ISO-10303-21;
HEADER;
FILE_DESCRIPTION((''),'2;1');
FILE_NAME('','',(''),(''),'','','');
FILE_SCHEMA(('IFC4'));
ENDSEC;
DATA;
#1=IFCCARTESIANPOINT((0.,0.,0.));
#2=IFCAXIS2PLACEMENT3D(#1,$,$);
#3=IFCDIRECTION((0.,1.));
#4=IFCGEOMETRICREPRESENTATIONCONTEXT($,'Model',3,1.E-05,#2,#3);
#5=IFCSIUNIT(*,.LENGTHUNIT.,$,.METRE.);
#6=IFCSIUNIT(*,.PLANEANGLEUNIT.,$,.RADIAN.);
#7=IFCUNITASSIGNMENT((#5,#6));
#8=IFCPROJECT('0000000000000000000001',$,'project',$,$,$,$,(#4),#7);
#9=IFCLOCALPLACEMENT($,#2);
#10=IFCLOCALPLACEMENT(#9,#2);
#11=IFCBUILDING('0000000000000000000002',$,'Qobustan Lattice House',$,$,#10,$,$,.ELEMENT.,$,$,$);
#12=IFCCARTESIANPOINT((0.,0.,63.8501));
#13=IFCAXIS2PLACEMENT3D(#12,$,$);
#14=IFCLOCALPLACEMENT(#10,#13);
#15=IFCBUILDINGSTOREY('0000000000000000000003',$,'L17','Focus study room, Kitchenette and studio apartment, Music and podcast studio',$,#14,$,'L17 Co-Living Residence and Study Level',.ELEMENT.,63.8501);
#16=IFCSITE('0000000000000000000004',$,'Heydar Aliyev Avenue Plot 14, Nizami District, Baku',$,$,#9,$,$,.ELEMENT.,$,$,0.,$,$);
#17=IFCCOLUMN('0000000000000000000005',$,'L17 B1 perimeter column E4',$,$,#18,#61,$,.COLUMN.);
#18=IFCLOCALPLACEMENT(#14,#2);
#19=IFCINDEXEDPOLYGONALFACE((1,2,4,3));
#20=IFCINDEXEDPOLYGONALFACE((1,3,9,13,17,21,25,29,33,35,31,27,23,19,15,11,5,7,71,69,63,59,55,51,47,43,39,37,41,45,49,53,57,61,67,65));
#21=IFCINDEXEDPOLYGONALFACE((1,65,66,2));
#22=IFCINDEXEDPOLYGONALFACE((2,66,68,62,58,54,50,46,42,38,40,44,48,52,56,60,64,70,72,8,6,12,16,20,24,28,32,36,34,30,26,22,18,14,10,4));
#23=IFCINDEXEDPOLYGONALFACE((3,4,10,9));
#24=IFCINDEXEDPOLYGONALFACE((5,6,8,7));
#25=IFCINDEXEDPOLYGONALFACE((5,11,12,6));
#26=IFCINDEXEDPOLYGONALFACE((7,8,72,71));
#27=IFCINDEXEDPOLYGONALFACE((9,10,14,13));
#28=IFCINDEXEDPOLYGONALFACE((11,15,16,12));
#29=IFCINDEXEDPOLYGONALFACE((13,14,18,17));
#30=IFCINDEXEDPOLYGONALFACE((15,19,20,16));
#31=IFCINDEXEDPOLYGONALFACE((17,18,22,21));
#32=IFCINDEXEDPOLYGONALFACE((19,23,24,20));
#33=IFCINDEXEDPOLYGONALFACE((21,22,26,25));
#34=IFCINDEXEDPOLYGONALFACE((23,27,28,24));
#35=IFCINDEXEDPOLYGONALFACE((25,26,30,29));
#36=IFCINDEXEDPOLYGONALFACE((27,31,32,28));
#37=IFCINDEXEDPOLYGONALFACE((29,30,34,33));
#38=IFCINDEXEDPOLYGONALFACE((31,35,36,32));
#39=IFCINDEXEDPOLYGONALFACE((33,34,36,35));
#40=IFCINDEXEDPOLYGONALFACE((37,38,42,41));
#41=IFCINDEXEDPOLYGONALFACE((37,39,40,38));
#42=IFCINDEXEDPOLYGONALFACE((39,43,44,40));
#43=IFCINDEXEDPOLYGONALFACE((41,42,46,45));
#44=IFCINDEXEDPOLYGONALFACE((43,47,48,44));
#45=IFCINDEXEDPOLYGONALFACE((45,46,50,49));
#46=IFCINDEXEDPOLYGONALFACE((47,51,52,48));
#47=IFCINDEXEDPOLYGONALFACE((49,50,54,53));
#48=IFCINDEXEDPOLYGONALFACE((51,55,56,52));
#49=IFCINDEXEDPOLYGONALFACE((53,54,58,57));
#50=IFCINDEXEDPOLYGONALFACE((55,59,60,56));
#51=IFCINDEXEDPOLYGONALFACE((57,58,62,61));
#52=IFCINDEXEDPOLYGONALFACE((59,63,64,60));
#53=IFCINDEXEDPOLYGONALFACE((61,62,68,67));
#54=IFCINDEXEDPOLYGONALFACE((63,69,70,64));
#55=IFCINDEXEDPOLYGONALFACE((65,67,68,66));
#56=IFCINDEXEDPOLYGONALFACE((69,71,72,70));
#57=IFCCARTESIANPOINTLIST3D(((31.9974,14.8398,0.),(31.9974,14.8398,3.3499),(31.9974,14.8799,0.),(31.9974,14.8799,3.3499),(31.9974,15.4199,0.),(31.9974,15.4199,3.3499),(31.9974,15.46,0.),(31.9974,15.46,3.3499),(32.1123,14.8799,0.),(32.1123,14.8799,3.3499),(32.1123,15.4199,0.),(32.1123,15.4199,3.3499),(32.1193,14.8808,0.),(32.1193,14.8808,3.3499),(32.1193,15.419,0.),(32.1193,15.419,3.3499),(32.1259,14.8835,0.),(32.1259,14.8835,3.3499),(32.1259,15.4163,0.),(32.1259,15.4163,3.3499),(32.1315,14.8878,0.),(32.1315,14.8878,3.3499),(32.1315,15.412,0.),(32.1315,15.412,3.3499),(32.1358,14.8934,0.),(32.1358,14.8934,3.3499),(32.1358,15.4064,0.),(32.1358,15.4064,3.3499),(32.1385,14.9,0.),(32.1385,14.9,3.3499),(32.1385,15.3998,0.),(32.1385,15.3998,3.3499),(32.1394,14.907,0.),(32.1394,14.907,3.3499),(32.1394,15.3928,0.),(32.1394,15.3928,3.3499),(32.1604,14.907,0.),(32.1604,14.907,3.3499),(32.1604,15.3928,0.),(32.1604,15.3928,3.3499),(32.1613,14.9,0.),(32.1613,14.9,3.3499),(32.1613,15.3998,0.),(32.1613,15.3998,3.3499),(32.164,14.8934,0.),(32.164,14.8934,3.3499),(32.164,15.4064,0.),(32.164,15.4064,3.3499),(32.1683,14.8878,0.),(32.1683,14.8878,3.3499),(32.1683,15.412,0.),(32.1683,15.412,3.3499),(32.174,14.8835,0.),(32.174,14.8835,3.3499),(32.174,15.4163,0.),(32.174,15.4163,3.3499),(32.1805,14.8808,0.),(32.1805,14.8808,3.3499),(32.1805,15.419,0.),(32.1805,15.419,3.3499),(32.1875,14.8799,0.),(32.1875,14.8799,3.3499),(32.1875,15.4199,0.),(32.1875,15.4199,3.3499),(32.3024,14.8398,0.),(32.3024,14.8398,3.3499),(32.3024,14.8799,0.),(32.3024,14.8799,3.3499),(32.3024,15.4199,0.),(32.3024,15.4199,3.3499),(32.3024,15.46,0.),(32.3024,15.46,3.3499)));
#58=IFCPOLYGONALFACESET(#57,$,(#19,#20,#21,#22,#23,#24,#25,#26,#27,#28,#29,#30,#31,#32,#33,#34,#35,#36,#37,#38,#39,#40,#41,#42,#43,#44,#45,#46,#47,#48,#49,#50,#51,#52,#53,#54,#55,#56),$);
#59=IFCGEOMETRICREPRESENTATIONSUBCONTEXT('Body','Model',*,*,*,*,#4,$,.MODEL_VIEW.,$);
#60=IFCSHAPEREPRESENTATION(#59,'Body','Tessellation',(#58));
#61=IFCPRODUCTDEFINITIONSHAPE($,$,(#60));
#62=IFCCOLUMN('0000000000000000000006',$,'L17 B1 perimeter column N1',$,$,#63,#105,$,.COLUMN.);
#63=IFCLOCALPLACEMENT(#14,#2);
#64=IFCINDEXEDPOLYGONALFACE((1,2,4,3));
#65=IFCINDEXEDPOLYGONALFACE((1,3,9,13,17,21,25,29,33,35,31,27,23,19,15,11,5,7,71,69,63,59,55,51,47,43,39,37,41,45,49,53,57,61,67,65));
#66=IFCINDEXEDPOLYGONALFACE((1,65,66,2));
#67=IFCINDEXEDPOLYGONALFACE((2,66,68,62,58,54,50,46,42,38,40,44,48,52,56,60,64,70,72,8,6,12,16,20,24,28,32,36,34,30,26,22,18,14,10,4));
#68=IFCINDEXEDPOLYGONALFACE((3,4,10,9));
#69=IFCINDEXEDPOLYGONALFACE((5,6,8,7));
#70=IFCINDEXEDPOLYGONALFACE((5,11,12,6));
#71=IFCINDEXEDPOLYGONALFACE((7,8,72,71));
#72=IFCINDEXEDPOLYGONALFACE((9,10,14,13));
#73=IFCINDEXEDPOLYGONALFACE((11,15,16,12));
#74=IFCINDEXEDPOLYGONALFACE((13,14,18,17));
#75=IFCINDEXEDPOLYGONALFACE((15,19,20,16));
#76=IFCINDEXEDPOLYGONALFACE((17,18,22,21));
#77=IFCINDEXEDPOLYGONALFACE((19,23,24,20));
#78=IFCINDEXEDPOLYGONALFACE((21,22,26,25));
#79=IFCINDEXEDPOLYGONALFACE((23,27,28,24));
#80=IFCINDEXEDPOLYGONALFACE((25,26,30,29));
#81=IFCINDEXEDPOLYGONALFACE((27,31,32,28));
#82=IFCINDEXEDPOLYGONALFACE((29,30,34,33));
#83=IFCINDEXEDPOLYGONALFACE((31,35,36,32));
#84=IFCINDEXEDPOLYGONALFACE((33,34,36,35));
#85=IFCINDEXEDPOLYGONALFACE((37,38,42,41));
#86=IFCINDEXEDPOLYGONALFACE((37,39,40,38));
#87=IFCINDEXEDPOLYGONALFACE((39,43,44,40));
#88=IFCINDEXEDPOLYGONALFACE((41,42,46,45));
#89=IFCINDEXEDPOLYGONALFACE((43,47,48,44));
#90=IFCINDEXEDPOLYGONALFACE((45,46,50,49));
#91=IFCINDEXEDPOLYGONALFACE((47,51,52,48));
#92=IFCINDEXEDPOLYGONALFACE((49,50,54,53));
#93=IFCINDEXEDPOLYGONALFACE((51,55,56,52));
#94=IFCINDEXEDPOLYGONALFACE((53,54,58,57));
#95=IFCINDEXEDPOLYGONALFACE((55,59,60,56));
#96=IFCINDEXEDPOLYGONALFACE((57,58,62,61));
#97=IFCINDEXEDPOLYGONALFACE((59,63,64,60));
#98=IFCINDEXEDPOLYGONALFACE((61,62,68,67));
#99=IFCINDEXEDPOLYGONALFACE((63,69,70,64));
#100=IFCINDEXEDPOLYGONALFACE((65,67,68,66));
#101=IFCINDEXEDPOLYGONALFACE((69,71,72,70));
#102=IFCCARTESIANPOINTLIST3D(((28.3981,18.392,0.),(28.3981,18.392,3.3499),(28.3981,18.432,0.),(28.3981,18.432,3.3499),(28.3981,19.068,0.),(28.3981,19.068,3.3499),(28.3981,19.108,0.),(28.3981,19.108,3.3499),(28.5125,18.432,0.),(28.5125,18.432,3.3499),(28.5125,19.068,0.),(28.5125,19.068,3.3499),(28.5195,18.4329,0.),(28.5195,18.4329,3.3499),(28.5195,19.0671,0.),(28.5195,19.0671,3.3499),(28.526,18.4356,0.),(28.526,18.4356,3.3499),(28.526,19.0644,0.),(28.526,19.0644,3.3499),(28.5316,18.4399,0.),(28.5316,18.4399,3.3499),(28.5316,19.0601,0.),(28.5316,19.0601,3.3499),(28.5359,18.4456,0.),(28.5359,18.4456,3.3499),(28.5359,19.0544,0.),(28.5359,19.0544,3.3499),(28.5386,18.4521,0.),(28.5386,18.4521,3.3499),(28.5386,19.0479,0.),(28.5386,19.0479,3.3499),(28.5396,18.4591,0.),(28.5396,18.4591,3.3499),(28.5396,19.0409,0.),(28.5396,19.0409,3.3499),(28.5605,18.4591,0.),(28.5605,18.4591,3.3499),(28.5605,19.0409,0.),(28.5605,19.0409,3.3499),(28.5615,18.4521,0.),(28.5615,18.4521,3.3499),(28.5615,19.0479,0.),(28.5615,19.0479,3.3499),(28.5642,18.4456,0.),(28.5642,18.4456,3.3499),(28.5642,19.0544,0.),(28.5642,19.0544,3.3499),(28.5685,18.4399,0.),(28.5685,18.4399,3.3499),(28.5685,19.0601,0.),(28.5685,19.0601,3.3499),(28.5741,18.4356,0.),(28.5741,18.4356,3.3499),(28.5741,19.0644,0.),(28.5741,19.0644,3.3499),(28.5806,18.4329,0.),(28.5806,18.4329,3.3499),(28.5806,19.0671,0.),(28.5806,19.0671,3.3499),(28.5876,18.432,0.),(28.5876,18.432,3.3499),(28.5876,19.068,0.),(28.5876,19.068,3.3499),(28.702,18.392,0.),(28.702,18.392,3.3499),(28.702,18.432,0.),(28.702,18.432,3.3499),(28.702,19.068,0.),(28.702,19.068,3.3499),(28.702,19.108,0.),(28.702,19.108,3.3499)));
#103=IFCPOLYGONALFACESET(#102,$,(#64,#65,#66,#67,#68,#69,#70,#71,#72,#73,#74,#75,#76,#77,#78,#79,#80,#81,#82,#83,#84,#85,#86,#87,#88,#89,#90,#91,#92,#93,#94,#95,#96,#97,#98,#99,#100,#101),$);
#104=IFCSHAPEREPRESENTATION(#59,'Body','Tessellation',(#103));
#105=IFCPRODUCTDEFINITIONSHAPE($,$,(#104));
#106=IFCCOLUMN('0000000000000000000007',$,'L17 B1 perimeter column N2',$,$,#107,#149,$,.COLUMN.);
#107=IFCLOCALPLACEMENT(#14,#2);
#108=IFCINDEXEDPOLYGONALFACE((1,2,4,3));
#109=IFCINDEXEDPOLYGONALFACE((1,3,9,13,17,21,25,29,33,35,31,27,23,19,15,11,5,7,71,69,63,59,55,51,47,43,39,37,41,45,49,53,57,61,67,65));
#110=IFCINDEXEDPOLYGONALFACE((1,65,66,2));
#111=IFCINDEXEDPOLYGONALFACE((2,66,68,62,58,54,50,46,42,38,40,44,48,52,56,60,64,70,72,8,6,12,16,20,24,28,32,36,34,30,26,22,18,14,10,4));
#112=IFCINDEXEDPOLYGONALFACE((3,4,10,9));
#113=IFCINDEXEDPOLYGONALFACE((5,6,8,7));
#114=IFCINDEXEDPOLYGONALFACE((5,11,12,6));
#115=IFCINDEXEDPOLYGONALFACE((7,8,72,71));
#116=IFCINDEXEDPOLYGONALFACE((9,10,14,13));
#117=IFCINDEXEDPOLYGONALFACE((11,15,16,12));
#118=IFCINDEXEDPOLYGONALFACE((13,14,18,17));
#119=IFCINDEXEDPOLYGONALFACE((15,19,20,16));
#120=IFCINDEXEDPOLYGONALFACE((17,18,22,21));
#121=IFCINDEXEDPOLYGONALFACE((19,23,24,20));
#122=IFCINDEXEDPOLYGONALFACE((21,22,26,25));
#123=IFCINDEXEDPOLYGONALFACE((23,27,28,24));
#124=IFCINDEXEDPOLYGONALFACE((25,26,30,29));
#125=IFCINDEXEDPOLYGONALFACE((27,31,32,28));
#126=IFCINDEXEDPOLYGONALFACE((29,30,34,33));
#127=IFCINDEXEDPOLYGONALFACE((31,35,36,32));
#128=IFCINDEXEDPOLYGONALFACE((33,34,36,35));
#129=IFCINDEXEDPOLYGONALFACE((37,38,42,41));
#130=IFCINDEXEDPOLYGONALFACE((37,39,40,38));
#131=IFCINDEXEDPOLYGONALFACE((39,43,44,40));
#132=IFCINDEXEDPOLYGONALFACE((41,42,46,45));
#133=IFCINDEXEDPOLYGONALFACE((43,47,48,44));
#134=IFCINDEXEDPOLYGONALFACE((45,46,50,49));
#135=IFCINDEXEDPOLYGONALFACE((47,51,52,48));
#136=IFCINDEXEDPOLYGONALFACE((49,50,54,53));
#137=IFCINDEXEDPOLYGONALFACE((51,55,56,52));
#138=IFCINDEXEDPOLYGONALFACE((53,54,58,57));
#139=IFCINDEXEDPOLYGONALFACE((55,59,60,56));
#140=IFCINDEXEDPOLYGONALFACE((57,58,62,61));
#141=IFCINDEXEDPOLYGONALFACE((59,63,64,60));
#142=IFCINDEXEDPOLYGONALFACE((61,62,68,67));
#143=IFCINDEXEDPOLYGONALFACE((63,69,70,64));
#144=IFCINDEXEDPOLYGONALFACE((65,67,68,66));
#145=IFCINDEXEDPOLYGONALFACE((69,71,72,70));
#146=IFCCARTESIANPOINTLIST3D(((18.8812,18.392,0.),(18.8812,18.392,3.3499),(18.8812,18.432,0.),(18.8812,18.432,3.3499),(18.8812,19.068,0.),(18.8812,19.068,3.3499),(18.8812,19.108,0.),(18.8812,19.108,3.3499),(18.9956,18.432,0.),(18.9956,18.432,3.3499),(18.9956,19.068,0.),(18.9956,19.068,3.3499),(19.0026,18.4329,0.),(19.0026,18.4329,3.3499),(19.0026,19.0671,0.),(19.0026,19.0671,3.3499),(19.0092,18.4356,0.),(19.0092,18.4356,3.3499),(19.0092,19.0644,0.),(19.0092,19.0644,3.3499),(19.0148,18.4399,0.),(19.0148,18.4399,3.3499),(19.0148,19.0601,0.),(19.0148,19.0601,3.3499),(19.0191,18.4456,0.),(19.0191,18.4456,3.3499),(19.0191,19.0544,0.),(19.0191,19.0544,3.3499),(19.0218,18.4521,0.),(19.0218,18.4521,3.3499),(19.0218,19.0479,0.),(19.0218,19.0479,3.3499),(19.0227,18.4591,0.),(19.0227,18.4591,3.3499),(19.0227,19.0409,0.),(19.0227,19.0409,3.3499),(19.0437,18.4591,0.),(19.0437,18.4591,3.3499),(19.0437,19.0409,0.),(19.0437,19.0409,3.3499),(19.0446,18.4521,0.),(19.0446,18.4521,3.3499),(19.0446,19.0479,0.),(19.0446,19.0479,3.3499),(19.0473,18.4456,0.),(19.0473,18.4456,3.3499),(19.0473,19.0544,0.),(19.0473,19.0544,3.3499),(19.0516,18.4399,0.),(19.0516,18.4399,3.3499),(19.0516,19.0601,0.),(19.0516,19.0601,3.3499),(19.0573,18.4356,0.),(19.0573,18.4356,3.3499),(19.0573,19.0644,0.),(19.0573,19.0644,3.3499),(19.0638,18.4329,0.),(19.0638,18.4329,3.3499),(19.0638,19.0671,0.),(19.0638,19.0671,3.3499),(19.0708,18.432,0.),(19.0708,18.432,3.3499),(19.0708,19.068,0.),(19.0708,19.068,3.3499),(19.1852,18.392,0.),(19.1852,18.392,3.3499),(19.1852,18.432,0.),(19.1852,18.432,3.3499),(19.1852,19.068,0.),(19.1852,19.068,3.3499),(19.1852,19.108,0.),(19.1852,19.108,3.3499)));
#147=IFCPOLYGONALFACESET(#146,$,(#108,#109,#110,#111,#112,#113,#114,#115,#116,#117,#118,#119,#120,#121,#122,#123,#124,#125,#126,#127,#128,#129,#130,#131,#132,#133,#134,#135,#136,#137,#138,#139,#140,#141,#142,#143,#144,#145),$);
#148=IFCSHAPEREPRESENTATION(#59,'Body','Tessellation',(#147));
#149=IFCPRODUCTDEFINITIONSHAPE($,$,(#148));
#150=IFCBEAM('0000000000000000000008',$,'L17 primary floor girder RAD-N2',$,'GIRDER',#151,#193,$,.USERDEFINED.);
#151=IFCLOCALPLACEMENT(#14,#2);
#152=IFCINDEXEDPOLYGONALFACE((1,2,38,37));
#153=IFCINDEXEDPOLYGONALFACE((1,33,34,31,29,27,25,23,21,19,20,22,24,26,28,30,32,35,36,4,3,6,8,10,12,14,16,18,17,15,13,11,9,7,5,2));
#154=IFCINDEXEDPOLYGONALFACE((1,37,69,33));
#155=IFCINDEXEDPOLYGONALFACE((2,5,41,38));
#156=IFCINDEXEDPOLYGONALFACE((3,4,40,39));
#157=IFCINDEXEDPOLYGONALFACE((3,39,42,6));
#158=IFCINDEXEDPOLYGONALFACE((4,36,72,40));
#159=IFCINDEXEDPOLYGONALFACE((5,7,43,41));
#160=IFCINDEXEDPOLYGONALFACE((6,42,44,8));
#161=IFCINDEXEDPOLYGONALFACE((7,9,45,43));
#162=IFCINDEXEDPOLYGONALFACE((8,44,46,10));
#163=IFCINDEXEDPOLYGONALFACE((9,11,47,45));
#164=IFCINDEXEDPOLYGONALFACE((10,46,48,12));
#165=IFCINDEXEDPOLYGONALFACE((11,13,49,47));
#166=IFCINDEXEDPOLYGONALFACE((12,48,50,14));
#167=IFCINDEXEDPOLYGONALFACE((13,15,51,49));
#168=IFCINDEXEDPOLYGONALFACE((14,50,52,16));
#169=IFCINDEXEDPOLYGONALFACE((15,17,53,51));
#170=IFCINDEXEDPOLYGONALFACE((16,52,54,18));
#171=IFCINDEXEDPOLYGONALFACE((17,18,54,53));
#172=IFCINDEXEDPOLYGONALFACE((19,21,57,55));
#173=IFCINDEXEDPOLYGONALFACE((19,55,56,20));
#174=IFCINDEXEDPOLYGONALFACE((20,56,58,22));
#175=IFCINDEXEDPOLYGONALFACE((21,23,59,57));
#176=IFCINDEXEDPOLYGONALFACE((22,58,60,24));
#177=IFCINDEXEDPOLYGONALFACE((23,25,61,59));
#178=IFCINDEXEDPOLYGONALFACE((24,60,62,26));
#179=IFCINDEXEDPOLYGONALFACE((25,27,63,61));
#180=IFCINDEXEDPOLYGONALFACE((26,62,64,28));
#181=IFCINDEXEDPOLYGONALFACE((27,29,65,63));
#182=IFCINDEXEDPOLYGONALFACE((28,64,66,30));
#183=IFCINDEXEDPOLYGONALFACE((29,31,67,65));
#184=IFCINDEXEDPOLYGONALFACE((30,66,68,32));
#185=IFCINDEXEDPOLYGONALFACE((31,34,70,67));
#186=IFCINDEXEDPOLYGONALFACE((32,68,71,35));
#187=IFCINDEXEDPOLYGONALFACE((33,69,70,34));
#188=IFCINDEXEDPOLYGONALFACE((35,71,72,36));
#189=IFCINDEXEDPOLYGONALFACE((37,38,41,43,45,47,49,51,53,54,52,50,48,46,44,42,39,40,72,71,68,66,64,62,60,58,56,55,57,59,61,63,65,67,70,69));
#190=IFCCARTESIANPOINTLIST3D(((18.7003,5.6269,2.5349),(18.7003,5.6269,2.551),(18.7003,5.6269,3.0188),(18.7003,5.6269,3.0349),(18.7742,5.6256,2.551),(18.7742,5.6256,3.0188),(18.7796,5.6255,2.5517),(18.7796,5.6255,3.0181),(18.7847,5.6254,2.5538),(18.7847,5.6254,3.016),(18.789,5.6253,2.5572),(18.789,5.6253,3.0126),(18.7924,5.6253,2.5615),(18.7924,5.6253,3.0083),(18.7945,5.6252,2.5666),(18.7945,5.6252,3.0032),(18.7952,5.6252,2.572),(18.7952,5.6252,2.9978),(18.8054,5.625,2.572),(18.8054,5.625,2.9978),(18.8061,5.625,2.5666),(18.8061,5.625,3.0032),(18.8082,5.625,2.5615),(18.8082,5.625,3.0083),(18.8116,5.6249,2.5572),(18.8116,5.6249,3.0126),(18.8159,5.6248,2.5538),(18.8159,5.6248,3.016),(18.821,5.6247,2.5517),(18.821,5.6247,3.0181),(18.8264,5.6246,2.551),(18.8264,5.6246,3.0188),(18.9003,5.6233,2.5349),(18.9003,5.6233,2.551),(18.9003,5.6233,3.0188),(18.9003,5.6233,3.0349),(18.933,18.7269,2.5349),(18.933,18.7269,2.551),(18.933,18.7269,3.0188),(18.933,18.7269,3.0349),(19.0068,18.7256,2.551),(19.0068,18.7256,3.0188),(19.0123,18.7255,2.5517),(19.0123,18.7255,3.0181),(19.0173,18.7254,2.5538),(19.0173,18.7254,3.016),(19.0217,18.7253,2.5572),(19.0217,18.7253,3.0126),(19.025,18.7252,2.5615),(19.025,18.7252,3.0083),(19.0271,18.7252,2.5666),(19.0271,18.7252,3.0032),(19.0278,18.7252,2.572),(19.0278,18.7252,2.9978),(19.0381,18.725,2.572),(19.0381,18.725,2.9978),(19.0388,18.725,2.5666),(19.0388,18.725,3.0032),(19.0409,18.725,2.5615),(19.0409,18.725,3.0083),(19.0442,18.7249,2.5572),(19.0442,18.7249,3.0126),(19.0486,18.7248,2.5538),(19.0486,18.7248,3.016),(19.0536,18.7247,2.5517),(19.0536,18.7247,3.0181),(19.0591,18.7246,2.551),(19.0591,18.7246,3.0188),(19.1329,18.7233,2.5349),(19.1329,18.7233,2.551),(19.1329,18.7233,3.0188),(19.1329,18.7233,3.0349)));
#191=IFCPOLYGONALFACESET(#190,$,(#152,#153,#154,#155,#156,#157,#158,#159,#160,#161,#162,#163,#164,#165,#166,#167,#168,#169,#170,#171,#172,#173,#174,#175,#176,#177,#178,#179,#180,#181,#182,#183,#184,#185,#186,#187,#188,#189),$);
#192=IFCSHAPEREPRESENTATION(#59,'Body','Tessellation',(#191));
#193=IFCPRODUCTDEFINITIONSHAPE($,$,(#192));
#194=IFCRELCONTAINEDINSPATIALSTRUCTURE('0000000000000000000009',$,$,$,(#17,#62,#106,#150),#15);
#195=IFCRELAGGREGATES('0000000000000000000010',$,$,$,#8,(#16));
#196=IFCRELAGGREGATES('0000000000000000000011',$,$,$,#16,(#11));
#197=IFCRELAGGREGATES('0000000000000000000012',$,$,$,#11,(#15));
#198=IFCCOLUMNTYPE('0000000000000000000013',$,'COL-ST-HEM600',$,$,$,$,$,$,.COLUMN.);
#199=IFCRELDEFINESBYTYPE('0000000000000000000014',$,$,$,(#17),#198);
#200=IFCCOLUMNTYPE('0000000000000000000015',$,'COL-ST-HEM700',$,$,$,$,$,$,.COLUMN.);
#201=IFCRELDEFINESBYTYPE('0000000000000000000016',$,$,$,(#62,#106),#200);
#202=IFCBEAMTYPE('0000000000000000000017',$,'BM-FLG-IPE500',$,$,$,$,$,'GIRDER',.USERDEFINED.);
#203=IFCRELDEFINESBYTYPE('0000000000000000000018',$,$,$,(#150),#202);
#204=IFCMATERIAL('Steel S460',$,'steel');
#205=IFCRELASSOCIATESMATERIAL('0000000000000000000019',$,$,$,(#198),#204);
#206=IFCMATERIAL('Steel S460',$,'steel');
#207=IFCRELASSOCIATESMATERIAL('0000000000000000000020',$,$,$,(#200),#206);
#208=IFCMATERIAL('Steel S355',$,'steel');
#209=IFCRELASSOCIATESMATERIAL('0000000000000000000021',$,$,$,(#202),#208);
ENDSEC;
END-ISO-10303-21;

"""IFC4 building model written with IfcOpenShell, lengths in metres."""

from ifc_helpers import new_model, si_unit, direction, frame, origin, origin_2d, place, context, subcontext, project, spatial, i_section, extrude, material, material_profile, profile_set, type_object, element, save


model = new_model("IFC4")

# Units and contexts
model_context = context("Model", 3, precision=1e-05, world=origin(), true_north=direction((0.0, 1.0)))
body_context = subcontext(model_context, "Body", "Model", "MODEL_VIEW")
ifc_project = project(units=[si_unit("LENGTHUNIT", "METRE"), si_unit("PLANEANGLEUNIT", "RADIAN")], contexts=[model_context])

# Site, building, storey
site_placement = place(None, origin())
site = spatial("IfcSite", under=ifc_project, at=site_placement, Name="Heydar Aliyev Avenue Plot 14, Nizami District, Baku", CompositionType="ELEMENT", RefElevation=0.0)
building_placement = place(site_placement, origin())
building = spatial("IfcBuilding", under=site, at=building_placement, Name="Qobustan Lattice House", CompositionType="ELEMENT")
storey_placement = place(building_placement, frame((0.0, 0.0, 63.8501)))
storey = spatial("IfcBuildingStorey", under=building, at=storey_placement, Name="L17", Description="Focus study room, Kitchenette and studio apartment, Music and podcast studio", LongName="L17 Co-Living Residence and Study Level", CompositionType="ELEMENT", Elevation=63.8501)

# Columns
ifc_material_1 = material(Name="Steel S460", Category="steel")
ifc_material_profile_1 = material_profile(ifc_material_1, i_section(OverallWidth=0.3049, OverallDepth=0.6201, WebThickness=0.021, FlangeThickness=0.04, FilletRadius=0.0271, at=origin_2d()), Name="HEM600")
ifc_profile_set_1 = profile_set([ifc_material_profile_1], Name="Steel S460")
column_type_1 = type_object("IfcColumnType", Name="COL-ST-HEM600", PredefinedType="COLUMN", material=ifc_profile_set_1)
column_placement = place(storey_placement, frame((32.1499, 15.1499, 0.0), z_axis=(0.0, 0.0, 1.0), x_axis=(1.0, 0.0, 0.0)))
element("IfcColumn", 1, at=column_placement, inside=storey, type_object=column_type_1, Name="L17 B1 perimeter column E4", PredefinedType="COLUMN", context=body_context, shape_type="SweptSolid", body=[
    extrude(i_section(OverallWidth=0.3049, OverallDepth=0.6201, WebThickness=0.021, FlangeThickness=0.04, FilletRadius=0.0271, at=origin_2d()), origin(), (0.0, 0.0, 1.0), 3.3499),
])
ifc_material_2 = material(Name="Steel S460", Category="steel")
ifc_material_profile_2 = material_profile(ifc_material_2, i_section(OverallWidth=0.304, OverallDepth=0.7161, WebThickness=0.021, FlangeThickness=0.04, FilletRadius=0.0271, at=origin_2d()), Name="HEM700")
ifc_profile_set_2 = profile_set([ifc_material_profile_2], Name="Steel S460")
column_type_2 = type_object("IfcColumnType", Name="COL-ST-HEM700", PredefinedType="COLUMN", material=ifc_profile_set_2)
for number, where, z_axis, x_axis, name in (
    (2, (28.55, 18.75, 0.0), (0.0, 0.0, 1.0), (1.0, 0.0, 0.0), "L17 B1 perimeter column N1"),
    (3, (19.0332, 18.75, 0.0), (0.0, 0.0, 1.0), (1.0, 0.0, 0.0), "L17 B1 perimeter column N2"),
):
    element("IfcColumn", number, at=place(storey_placement, frame(where, z_axis=z_axis, x_axis=x_axis)), inside=storey, type_object=column_type_2, Name=name, PredefinedType="COLUMN", context=body_context, shape_type="SweptSolid", body=[
        extrude(i_section(OverallWidth=0.304, OverallDepth=0.7161, WebThickness=0.021, FlangeThickness=0.04, FilletRadius=0.0271, at=origin_2d()), origin(), (0.0, 0.0, 1.0), 3.3499),
    ])

# Beam
ifc_material_3 = material(Name="Steel S355", Category="steel")
ifc_material_profile_3 = material_profile(ifc_material_3, i_section(OverallWidth=0.2, OverallDepth=0.5, WebThickness=0.0103, FlangeThickness=0.0161, FilletRadius=0.021, at=origin_2d()), Name="IPE500")
ifc_profile_set_3 = profile_set([ifc_material_profile_3], Name="Steel S355")
beam_type_1 = type_object("IfcBeamType", Name="BM-FLG-IPE500", ElementType="GIRDER", PredefinedType="USERDEFINED", material=ifc_profile_set_3)
beam_1_placement = place(storey_placement, frame((19.033, 18.7251, 2.7849), z_axis=(-0.017758, -0.999842, 0.0), x_axis=(0.999842, -0.017758, 0.0)))
element("IfcBeam", 4, at=beam_1_placement, inside=storey, type_object=beam_type_1, Name="L17 primary floor girder RAD-N2", ObjectType="GIRDER", PredefinedType="USERDEFINED", context=body_context, shape_type="SweptSolid", body=[
    extrude(i_section(OverallWidth=0.2, OverallDepth=0.5, WebThickness=0.0103, FlangeThickness=0.0161, FilletRadius=0.021, at=origin_2d()), origin(), (0.0, 0.0, 1.0), 13.1021),
])

save(model, "model.ifc")
